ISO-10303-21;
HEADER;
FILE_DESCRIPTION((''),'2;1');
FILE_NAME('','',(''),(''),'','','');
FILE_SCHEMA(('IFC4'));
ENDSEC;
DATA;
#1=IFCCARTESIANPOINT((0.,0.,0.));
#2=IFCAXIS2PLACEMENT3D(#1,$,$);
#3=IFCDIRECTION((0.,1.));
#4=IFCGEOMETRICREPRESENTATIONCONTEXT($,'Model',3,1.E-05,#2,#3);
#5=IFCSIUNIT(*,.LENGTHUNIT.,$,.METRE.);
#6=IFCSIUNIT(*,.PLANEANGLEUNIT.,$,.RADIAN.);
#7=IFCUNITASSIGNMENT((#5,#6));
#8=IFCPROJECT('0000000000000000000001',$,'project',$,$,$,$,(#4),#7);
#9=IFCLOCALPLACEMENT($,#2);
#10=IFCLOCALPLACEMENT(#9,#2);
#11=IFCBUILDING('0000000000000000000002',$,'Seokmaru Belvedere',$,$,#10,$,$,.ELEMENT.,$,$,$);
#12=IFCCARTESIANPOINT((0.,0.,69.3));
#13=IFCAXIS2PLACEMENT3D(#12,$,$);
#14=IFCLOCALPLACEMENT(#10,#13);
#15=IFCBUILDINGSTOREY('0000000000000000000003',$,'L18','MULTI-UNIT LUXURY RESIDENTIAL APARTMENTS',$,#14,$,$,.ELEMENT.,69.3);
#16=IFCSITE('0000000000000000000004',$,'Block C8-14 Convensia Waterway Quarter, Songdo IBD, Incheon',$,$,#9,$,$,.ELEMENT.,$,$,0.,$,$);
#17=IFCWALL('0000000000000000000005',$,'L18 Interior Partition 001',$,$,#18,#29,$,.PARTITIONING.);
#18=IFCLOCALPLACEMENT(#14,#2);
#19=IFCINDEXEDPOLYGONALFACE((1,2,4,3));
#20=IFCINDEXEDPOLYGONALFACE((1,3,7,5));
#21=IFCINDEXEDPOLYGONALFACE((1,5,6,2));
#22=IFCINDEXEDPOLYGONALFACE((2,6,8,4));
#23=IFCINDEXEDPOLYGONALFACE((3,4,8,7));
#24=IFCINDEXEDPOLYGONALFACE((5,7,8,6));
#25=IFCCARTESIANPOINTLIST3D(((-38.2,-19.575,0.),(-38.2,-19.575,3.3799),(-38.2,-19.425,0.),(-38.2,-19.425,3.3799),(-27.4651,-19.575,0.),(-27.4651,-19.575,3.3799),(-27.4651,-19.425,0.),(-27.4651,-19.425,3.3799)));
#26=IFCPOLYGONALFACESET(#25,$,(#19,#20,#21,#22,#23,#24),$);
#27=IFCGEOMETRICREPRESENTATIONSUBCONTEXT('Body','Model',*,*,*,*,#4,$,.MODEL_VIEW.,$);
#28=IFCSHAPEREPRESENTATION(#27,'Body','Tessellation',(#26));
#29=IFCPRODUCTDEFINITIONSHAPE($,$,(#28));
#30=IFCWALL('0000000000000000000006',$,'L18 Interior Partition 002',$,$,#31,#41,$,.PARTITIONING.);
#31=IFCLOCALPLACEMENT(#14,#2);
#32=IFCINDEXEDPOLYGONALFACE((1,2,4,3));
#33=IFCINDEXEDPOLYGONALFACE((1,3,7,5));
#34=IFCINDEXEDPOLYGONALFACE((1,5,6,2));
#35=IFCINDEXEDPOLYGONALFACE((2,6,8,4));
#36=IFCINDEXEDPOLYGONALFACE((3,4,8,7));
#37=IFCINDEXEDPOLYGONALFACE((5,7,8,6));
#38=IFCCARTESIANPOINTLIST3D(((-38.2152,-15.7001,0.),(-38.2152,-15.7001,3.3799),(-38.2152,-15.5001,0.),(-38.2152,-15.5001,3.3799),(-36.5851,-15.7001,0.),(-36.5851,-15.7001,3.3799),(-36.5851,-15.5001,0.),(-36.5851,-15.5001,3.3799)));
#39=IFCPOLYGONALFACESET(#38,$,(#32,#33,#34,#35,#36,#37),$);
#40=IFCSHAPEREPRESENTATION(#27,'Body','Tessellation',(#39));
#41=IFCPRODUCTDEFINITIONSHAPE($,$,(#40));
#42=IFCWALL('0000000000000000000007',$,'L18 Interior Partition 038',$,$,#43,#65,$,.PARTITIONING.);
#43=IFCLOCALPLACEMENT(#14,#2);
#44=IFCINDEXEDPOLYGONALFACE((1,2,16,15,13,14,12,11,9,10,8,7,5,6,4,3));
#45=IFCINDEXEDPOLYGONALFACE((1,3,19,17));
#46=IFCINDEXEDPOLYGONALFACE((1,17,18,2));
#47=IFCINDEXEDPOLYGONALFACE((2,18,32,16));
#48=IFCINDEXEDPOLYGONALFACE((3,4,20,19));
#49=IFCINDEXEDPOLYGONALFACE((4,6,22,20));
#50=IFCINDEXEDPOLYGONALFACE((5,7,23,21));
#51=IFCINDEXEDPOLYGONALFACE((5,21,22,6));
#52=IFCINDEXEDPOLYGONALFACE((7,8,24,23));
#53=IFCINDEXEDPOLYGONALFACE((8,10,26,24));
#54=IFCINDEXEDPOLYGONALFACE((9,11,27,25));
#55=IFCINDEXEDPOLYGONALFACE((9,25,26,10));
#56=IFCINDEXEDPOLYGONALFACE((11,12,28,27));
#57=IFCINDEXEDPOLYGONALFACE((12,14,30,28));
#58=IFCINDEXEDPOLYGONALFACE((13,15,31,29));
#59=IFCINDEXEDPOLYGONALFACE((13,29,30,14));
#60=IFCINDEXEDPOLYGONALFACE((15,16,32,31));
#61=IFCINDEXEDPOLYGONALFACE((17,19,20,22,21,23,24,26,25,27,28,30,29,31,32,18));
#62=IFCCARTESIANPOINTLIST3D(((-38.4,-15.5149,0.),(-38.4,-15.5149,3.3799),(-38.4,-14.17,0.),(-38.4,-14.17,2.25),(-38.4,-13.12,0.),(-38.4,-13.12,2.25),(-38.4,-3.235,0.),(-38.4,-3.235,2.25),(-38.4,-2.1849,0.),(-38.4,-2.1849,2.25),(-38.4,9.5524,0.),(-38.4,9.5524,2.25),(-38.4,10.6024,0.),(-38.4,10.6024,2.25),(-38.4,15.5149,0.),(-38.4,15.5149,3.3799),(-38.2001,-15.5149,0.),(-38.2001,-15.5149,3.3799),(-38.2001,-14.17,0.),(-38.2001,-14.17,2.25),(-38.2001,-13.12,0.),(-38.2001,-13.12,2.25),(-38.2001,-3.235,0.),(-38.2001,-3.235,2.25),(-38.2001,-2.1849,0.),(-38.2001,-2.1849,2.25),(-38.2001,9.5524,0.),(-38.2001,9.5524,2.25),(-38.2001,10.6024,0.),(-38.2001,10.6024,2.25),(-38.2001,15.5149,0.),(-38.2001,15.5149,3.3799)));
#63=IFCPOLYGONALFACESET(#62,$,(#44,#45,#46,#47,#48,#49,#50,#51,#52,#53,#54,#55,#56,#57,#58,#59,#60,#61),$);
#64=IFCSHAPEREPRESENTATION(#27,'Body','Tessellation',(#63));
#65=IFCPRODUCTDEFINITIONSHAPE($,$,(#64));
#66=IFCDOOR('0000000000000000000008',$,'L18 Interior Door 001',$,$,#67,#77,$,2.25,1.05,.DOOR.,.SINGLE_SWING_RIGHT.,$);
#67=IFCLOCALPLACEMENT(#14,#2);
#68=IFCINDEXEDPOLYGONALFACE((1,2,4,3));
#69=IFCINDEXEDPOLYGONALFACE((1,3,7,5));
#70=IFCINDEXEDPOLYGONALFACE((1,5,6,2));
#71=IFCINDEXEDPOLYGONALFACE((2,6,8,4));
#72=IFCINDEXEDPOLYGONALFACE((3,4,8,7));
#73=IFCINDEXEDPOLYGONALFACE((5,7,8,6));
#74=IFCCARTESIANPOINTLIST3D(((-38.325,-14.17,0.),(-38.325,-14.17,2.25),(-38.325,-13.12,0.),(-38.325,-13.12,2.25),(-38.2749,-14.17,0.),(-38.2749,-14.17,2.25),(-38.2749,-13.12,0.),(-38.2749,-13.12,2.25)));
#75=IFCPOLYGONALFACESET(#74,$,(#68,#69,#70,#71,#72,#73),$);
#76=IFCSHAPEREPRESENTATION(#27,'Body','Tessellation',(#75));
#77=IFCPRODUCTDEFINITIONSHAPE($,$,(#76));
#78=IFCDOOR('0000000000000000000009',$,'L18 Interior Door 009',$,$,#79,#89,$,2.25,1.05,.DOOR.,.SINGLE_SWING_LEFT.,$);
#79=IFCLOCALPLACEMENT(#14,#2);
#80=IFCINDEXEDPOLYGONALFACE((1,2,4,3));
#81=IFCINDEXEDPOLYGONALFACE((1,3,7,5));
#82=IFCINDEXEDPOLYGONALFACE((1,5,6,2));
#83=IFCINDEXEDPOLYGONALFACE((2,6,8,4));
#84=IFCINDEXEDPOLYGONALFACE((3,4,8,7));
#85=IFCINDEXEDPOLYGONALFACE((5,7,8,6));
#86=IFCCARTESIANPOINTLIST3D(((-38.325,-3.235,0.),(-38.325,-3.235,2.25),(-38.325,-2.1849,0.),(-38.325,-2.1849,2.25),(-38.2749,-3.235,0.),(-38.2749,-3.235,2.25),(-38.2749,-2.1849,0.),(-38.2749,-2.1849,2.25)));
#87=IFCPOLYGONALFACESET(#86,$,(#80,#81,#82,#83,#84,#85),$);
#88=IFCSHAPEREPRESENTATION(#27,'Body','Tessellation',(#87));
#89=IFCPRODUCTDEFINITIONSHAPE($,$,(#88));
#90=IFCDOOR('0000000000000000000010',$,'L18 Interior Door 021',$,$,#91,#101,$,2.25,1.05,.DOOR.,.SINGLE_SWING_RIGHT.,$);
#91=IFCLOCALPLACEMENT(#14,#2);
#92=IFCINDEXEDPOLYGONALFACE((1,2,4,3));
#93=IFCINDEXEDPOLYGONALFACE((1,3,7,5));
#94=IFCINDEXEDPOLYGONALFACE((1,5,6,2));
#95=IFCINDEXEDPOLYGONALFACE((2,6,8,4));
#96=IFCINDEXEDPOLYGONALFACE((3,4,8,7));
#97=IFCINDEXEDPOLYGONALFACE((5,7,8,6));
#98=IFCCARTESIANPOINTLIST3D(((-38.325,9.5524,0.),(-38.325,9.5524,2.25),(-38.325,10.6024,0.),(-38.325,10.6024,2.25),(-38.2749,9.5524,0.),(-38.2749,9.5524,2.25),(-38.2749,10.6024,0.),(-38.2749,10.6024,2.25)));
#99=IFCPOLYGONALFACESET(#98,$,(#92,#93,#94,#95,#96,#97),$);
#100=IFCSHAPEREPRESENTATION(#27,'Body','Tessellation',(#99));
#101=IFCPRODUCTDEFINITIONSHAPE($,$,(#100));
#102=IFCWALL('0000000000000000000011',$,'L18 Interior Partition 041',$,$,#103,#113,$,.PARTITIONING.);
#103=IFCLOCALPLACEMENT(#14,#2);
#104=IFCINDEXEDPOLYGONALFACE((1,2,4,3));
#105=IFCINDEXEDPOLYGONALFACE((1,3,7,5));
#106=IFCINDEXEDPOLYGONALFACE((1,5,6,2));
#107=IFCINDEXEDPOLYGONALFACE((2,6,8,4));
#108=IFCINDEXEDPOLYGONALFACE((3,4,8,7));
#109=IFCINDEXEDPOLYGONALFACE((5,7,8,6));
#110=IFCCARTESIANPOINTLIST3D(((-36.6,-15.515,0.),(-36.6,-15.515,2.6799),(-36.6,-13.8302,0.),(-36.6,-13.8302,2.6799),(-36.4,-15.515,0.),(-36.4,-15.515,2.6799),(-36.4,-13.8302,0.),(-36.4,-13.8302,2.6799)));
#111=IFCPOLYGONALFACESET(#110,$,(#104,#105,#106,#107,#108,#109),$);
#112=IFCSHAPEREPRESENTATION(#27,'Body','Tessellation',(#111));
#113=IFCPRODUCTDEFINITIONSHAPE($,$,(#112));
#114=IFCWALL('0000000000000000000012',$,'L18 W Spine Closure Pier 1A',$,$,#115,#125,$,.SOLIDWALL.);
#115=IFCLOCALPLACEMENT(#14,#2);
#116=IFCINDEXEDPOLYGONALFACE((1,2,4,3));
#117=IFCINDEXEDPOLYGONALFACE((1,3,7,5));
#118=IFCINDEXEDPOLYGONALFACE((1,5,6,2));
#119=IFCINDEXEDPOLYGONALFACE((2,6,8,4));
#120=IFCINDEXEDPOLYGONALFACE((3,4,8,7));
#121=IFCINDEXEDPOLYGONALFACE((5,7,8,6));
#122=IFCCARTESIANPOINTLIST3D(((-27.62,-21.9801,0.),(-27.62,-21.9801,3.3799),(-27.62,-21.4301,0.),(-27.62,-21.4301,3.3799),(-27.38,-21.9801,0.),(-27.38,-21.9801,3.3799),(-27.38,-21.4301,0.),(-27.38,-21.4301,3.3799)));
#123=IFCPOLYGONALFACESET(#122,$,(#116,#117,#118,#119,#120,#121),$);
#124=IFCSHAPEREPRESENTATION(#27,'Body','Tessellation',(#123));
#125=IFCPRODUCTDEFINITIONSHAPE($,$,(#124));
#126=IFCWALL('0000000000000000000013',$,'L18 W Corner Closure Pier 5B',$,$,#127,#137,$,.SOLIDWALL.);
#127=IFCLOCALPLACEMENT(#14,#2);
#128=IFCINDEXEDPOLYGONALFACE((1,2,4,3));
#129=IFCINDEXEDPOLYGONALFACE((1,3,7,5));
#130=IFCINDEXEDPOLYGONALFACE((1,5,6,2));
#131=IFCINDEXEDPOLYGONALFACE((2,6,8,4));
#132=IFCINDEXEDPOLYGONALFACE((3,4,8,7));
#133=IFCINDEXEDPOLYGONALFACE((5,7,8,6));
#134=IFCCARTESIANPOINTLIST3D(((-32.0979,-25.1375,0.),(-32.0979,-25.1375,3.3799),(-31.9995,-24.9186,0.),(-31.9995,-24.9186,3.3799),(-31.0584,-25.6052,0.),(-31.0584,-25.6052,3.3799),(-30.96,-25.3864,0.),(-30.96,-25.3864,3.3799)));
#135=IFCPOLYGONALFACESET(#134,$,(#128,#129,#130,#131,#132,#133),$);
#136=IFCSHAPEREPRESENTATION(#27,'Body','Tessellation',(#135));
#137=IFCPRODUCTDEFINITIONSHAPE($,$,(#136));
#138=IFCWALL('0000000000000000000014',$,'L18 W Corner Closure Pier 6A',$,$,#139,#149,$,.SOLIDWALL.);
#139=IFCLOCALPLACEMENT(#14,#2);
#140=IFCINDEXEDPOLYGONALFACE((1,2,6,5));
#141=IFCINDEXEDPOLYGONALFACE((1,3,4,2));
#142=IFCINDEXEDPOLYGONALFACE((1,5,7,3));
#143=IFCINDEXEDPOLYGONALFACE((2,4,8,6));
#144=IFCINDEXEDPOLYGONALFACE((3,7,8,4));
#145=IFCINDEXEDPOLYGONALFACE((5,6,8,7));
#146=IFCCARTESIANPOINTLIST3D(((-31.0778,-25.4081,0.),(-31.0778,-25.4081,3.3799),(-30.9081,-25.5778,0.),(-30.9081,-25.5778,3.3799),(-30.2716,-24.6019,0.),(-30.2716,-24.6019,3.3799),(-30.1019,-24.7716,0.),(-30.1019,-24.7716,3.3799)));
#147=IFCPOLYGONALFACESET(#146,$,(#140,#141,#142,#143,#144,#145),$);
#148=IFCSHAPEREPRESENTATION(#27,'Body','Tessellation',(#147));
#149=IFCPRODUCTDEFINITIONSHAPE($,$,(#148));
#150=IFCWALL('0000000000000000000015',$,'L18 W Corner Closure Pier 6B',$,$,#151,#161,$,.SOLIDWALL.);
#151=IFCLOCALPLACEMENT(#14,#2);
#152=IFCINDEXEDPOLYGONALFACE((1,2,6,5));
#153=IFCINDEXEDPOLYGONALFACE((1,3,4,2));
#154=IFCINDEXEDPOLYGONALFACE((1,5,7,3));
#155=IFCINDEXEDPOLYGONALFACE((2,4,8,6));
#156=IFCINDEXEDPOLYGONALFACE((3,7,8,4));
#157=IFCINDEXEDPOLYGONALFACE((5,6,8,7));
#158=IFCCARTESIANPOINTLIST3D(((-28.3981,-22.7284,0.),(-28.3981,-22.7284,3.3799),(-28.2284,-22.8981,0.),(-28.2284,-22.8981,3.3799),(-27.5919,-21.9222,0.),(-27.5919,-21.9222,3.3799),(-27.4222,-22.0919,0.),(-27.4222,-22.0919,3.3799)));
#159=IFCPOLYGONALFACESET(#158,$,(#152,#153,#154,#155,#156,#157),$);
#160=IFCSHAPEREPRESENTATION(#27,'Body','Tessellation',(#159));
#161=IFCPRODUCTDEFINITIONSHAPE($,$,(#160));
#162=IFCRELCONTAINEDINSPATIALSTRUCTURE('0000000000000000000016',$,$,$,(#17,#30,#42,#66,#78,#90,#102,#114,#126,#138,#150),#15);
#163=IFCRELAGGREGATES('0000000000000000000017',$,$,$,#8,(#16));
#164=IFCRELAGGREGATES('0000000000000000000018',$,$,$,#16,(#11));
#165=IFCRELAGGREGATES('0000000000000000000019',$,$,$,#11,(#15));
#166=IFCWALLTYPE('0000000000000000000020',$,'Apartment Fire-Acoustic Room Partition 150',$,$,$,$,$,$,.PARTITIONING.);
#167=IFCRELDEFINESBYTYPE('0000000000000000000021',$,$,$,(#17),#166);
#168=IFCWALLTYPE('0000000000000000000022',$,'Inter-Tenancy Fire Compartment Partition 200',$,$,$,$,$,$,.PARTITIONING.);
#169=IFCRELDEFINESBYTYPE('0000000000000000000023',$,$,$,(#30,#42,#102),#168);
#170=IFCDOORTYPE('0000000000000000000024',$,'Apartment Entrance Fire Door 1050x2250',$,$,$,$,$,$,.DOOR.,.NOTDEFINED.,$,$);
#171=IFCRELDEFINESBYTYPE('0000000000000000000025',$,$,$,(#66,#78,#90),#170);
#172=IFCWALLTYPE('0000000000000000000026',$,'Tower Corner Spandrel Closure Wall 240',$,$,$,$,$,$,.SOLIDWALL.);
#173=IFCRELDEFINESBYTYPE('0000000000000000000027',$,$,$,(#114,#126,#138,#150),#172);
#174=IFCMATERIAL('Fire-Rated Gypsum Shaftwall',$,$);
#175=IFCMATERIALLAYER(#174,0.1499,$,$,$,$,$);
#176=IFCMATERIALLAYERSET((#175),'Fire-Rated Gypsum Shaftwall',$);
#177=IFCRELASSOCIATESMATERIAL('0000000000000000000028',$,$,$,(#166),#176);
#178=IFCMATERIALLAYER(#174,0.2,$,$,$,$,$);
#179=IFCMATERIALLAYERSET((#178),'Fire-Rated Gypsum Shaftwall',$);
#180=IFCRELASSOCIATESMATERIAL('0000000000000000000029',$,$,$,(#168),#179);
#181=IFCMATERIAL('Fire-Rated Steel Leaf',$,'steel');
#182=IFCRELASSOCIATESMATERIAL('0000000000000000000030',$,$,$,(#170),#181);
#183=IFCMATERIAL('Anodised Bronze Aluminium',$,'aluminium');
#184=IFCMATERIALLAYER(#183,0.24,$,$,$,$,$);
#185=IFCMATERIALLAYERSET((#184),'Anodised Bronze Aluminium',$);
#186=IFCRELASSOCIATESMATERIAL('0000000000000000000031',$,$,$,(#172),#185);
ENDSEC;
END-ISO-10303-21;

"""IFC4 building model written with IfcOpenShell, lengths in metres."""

from ifc_helpers import new_model, si_unit, direction, frame, frame_2d, origin, place, context, subcontext, project, spatial, rectangle, extrude, source, transform, mapped, material, layer, layer_set, type_object, type_shapes, element, fill, save


model = new_model("IFC4")

# Units and contexts
model_context = context("Model", 3, precision=1e-05, world=origin(), true_north=direction((0.0, 1.0)))
body_context = subcontext(model_context, "Body", "Model", "MODEL_VIEW")
ifc_project = project(units=[si_unit("LENGTHUNIT", "METRE"), si_unit("PLANEANGLEUNIT", "RADIAN")], contexts=[model_context])

# Site, building, storey
site_placement = place(None, origin())
site = spatial("IfcSite", under=ifc_project, at=site_placement, Name="Block C8-14 Convensia Waterway Quarter, Songdo IBD, Incheon", CompositionType="ELEMENT", RefElevation=0.0)
building_placement = place(site_placement, origin())
building = spatial("IfcBuilding", under=site, at=building_placement, Name="Seokmaru Belvedere", CompositionType="ELEMENT")
storey_placement = place(building_placement, frame((0.0, 0.0, 69.3)))
storey = spatial("IfcBuildingStorey", under=building, at=storey_placement, Name="L18", Description="MULTI-UNIT LUXURY RESIDENTIAL APARTMENTS", CompositionType="ELEMENT", Elevation=69.3)

# Shared definitions
ifc_material_1 = material(Name="Anodised Bronze Aluminium", Category="aluminium")

# Wall
ifc_material_2 = material(Name="Fire-Rated Gypsum Shaftwall")
ifc_layer_1 = layer(ifc_material_2, 0.1499)
ifc_layer_set_1 = layer_set([ifc_layer_1], Name="Fire-Rated Gypsum Shaftwall")
wall_type_1 = type_object("IfcWallType", Name="Apartment Fire-Acoustic Room Partition 150", PredefinedType="PARTITIONING", material=ifc_layer_set_1)
wall_1_placement = place(storey_placement, frame((-38.2, -19.5, 0.0), z_axis=(0.0, 0.0, 1.0), x_axis=(1.0, 0.0, 0.0)))
element("IfcWall", 1, at=wall_1_placement, inside=storey, type_object=wall_type_1, Name="L18 Interior Partition 001", PredefinedType="PARTITIONING", context=body_context, shape_type="SweptSolid", body=[
    extrude(rectangle(XDim=10.7349, YDim=0.1499, at=frame_2d((5.3674, 0.0))), origin(), (0.0, 0.0, 1.0), 3.3799),
])

# Wall
ifc_layer_2 = layer(ifc_material_2, 0.2)
ifc_layer_set_2 = layer_set([ifc_layer_2], Name="Fire-Rated Gypsum Shaftwall")
wall_type_2 = type_object("IfcWallType", Name="Inter-Tenancy Fire Compartment Partition 200", PredefinedType="PARTITIONING", material=ifc_layer_set_2)
wall_2_placement = place(storey_placement, frame((-38.2151, -15.6001, 0.0), z_axis=(0.0, 0.0, 1.0), x_axis=(1.0, 0.0, 0.0)))
element("IfcWall", 2, at=wall_2_placement, inside=storey, type_object=wall_type_2, Name="L18 Interior Partition 002", PredefinedType="PARTITIONING", context=body_context, shape_type="SweptSolid", body=[
    extrude(rectangle(XDim=1.6301, YDim=0.2, at=frame_2d((0.8149, 0.0))), origin(), (0.0, 0.0, 1.0), 3.3799),
])

# Wall, openings, doors
wall_3_placement = place(storey_placement, frame((-38.3, -15.5149, 0.0), z_axis=(0.0, 0.0, 1.0), x_axis=(0.0, 1.0, 0.0)))
wall_3 = element("IfcWall", 3, at=wall_3_placement, inside=storey, type_object=wall_type_2, Name="L18 Interior Partition 038", PredefinedType="PARTITIONING", context=body_context, shape_type="SweptSolid", body=[
    extrude(rectangle(XDim=31.0298, YDim=0.2, at=frame_2d((15.5149, 0.0))), origin(), (0.0, 0.0, 1.0), 3.3799),
])
opening_1_placement = place(wall_3_placement, frame((1.345, 0.0, 0.0)))
opening_1 = element("IfcOpeningElement", 4, at=opening_1_placement, cuts=wall_3, PredefinedType="OPENING", context=body_context, shape_type="SweptSolid", body=[
    extrude(rectangle(XDim=1.05, YDim=2.25, at=frame_2d((0.5249, 1.125))), frame((0.0, 0.1099, 0.0), z_axis=(0.0, -1.0, 0.0), x_axis=(1.0, 0.0, 0.0)), (0.0, 0.0, 1.0), 0.22),
])
opening_2_placement = place(wall_3_placement, frame((12.28, 0.0, 0.0)))
opening_2 = element("IfcOpeningElement", 5, at=opening_2_placement, cuts=wall_3, PredefinedType="OPENING", context=body_context, shape_type="SweptSolid", body=[
    extrude(rectangle(XDim=1.05, YDim=2.25, at=frame_2d((0.5249, 1.125))), frame((0.0, 0.1099, 0.0), z_axis=(0.0, -1.0, 0.0), x_axis=(1.0, 0.0, 0.0)), (0.0, 0.0, 1.0), 0.22),
])
opening_3_placement = place(wall_3_placement, frame((25.0674, 0.0, 0.0)))
opening_3 = element("IfcOpeningElement", 6, at=opening_3_placement, cuts=wall_3, PredefinedType="OPENING", context=body_context, shape_type="SweptSolid", body=[
    extrude(rectangle(XDim=1.05, YDim=2.25, at=frame_2d((0.5249, 1.125))), frame((0.0, 0.1099, 0.0), z_axis=(0.0, -1.0, 0.0), x_axis=(1.0, 0.0, 0.0)), (0.0, 0.0, 1.0), 0.22),
])
ifc_material_3 = material(Name="Fire-Rated Steel Leaf", Category="steel")
door_type_1 = type_object("IfcDoorType", Name="Apartment Entrance Fire Door 1050x2250", OperationType="NOTDEFINED", PredefinedType="DOOR", material=ifc_material_3)
shared_shape_1 = source(origin(), body_context, "Body", "SweptSolid", [
    extrude(rectangle(XDim=1.05, YDim=2.25, at=frame_2d((0.5249, 1.125))), frame((0.0, 0.0249, 0.0), z_axis=(0.0, -1.0, 0.0), x_axis=(1.0, 0.0, 0.0)), (0.0, 0.0, 1.0), 0.05),
])
type_shapes(door_type_1, [shared_shape_1])
door_1_placement = place(opening_1_placement, origin())
door_1 = element("IfcDoor", 7, at=door_1_placement, inside=storey, type_object=door_type_1, Name="L18 Interior Door 001", OperationType="SINGLE_SWING_RIGHT", OverallHeight=2.25, OverallWidth=1.05, PredefinedType="DOOR", context=body_context, shape_type="MappedRepresentation", body=[
    mapped(shared_shape_1, transform((0.0, 0.0, 0.0), scale=1.0)),
])
fill(opening_1, door_1)
door_2_placement = place(opening_2_placement, origin())
door_2 = element("IfcDoor", 8, at=door_2_placement, inside=storey, type_object=door_type_1, Name="L18 Interior Door 009", OperationType="SINGLE_SWING_LEFT", OverallHeight=2.25, OverallWidth=1.05, PredefinedType="DOOR", context=body_context, shape_type="MappedRepresentation", body=[
    mapped(shared_shape_1, transform((0.0, 0.0, 0.0), scale=1.0)),
])
fill(opening_2, door_2)
door_3_placement = place(opening_3_placement, origin())
door_3 = element("IfcDoor", 9, at=door_3_placement, inside=storey, type_object=door_type_1, Name="L18 Interior Door 021", OperationType="SINGLE_SWING_RIGHT", OverallHeight=2.25, OverallWidth=1.05, PredefinedType="DOOR", context=body_context, shape_type="MappedRepresentation", body=[
    mapped(shared_shape_1, transform((0.0, 0.0, 0.0), scale=1.0)),
])
fill(opening_3, door_3)

# Walls
wall_4_placement = place(storey_placement, frame((-36.5, -15.5149, 0.0), z_axis=(0.0, 0.0, 1.0), x_axis=(0.0, 1.0, 0.0)))
element("IfcWall", 10, at=wall_4_placement, inside=storey, type_object=wall_type_2, Name="L18 Interior Partition 041", PredefinedType="PARTITIONING", context=body_context, shape_type="SweptSolid", body=[
    extrude(rectangle(XDim=1.6848, YDim=0.2, at=frame_2d((0.8423, 0.0))), origin(), (0.0, 0.0, 1.0), 2.6799),
])
ifc_layer_3 = layer(ifc_material_1, 0.24)
ifc_layer_set_3 = layer_set([ifc_layer_3], Name="Anodised Bronze Aluminium")
wall_type_3 = type_object("IfcWallType", Name="Tower Corner Spandrel Closure Wall 240", PredefinedType="SOLIDWALL", material=ifc_layer_set_3)
wall_5_placement = place(storey_placement, frame((-27.5, -21.98, 0.0), z_axis=(0.0, 0.0, 1.0), x_axis=(0.0, 1.0, 0.0)))
element("IfcWall", 11, at=wall_5_placement, inside=storey, type_object=wall_type_3, Name="L18 W Spine Closure Pier 1A", PredefinedType="SOLIDWALL", context=body_context, shape_type="SweptSolid", body=[
    extrude(rectangle(XDim=0.55, YDim=0.24, at=frame_2d((0.2749, 0.0))), origin(), (0.0, 0.0, 1.0), 3.3799),
])
wall_6_placement = place(storey_placement, frame((-32.0486, -25.0281, 0.0), z_axis=(0.0, 0.0, 1.0), x_axis=(0.91193, -0.410347, 0.0)))
element("IfcWall", 12, at=wall_6_placement, inside=storey, type_object=wall_type_3, Name="L18 W Corner Closure Pier 5B", PredefinedType="SOLIDWALL", context=body_context, shape_type="SweptSolid", body=[
    extrude(rectangle(XDim=1.1399, YDim=0.24, at=frame_2d((0.5698, 0.0))), origin(), (0.0, 0.0, 1.0), 3.3799),
])
for number, where, z_axis, x_axis, name in (
    (13, (-30.9929, -25.4929, 0.0), (0.0, 0.0, 1.0), (0.707107, 0.707107, 0.0), "L18 W Corner Closure Pier 6A"),
    (14, (-28.3132, -22.8132, 0.0), (0.0, 0.0, 1.0), (0.707107, 0.707107, 0.0), "L18 W Corner Closure Pier 6B"),
):
    element("IfcWall", number, at=place(storey_placement, frame(where, z_axis=z_axis, x_axis=x_axis)), inside=storey, type_object=wall_type_3, Name=name, PredefinedType="SOLIDWALL", context=body_context, shape_type="SweptSolid", body=[
        extrude(rectangle(XDim=1.1401, YDim=0.24, at=frame_2d((0.5701, 0.0))), origin(), (0.0, 0.0, 1.0), 3.3799),
    ])

save(model, "model.ifc")
